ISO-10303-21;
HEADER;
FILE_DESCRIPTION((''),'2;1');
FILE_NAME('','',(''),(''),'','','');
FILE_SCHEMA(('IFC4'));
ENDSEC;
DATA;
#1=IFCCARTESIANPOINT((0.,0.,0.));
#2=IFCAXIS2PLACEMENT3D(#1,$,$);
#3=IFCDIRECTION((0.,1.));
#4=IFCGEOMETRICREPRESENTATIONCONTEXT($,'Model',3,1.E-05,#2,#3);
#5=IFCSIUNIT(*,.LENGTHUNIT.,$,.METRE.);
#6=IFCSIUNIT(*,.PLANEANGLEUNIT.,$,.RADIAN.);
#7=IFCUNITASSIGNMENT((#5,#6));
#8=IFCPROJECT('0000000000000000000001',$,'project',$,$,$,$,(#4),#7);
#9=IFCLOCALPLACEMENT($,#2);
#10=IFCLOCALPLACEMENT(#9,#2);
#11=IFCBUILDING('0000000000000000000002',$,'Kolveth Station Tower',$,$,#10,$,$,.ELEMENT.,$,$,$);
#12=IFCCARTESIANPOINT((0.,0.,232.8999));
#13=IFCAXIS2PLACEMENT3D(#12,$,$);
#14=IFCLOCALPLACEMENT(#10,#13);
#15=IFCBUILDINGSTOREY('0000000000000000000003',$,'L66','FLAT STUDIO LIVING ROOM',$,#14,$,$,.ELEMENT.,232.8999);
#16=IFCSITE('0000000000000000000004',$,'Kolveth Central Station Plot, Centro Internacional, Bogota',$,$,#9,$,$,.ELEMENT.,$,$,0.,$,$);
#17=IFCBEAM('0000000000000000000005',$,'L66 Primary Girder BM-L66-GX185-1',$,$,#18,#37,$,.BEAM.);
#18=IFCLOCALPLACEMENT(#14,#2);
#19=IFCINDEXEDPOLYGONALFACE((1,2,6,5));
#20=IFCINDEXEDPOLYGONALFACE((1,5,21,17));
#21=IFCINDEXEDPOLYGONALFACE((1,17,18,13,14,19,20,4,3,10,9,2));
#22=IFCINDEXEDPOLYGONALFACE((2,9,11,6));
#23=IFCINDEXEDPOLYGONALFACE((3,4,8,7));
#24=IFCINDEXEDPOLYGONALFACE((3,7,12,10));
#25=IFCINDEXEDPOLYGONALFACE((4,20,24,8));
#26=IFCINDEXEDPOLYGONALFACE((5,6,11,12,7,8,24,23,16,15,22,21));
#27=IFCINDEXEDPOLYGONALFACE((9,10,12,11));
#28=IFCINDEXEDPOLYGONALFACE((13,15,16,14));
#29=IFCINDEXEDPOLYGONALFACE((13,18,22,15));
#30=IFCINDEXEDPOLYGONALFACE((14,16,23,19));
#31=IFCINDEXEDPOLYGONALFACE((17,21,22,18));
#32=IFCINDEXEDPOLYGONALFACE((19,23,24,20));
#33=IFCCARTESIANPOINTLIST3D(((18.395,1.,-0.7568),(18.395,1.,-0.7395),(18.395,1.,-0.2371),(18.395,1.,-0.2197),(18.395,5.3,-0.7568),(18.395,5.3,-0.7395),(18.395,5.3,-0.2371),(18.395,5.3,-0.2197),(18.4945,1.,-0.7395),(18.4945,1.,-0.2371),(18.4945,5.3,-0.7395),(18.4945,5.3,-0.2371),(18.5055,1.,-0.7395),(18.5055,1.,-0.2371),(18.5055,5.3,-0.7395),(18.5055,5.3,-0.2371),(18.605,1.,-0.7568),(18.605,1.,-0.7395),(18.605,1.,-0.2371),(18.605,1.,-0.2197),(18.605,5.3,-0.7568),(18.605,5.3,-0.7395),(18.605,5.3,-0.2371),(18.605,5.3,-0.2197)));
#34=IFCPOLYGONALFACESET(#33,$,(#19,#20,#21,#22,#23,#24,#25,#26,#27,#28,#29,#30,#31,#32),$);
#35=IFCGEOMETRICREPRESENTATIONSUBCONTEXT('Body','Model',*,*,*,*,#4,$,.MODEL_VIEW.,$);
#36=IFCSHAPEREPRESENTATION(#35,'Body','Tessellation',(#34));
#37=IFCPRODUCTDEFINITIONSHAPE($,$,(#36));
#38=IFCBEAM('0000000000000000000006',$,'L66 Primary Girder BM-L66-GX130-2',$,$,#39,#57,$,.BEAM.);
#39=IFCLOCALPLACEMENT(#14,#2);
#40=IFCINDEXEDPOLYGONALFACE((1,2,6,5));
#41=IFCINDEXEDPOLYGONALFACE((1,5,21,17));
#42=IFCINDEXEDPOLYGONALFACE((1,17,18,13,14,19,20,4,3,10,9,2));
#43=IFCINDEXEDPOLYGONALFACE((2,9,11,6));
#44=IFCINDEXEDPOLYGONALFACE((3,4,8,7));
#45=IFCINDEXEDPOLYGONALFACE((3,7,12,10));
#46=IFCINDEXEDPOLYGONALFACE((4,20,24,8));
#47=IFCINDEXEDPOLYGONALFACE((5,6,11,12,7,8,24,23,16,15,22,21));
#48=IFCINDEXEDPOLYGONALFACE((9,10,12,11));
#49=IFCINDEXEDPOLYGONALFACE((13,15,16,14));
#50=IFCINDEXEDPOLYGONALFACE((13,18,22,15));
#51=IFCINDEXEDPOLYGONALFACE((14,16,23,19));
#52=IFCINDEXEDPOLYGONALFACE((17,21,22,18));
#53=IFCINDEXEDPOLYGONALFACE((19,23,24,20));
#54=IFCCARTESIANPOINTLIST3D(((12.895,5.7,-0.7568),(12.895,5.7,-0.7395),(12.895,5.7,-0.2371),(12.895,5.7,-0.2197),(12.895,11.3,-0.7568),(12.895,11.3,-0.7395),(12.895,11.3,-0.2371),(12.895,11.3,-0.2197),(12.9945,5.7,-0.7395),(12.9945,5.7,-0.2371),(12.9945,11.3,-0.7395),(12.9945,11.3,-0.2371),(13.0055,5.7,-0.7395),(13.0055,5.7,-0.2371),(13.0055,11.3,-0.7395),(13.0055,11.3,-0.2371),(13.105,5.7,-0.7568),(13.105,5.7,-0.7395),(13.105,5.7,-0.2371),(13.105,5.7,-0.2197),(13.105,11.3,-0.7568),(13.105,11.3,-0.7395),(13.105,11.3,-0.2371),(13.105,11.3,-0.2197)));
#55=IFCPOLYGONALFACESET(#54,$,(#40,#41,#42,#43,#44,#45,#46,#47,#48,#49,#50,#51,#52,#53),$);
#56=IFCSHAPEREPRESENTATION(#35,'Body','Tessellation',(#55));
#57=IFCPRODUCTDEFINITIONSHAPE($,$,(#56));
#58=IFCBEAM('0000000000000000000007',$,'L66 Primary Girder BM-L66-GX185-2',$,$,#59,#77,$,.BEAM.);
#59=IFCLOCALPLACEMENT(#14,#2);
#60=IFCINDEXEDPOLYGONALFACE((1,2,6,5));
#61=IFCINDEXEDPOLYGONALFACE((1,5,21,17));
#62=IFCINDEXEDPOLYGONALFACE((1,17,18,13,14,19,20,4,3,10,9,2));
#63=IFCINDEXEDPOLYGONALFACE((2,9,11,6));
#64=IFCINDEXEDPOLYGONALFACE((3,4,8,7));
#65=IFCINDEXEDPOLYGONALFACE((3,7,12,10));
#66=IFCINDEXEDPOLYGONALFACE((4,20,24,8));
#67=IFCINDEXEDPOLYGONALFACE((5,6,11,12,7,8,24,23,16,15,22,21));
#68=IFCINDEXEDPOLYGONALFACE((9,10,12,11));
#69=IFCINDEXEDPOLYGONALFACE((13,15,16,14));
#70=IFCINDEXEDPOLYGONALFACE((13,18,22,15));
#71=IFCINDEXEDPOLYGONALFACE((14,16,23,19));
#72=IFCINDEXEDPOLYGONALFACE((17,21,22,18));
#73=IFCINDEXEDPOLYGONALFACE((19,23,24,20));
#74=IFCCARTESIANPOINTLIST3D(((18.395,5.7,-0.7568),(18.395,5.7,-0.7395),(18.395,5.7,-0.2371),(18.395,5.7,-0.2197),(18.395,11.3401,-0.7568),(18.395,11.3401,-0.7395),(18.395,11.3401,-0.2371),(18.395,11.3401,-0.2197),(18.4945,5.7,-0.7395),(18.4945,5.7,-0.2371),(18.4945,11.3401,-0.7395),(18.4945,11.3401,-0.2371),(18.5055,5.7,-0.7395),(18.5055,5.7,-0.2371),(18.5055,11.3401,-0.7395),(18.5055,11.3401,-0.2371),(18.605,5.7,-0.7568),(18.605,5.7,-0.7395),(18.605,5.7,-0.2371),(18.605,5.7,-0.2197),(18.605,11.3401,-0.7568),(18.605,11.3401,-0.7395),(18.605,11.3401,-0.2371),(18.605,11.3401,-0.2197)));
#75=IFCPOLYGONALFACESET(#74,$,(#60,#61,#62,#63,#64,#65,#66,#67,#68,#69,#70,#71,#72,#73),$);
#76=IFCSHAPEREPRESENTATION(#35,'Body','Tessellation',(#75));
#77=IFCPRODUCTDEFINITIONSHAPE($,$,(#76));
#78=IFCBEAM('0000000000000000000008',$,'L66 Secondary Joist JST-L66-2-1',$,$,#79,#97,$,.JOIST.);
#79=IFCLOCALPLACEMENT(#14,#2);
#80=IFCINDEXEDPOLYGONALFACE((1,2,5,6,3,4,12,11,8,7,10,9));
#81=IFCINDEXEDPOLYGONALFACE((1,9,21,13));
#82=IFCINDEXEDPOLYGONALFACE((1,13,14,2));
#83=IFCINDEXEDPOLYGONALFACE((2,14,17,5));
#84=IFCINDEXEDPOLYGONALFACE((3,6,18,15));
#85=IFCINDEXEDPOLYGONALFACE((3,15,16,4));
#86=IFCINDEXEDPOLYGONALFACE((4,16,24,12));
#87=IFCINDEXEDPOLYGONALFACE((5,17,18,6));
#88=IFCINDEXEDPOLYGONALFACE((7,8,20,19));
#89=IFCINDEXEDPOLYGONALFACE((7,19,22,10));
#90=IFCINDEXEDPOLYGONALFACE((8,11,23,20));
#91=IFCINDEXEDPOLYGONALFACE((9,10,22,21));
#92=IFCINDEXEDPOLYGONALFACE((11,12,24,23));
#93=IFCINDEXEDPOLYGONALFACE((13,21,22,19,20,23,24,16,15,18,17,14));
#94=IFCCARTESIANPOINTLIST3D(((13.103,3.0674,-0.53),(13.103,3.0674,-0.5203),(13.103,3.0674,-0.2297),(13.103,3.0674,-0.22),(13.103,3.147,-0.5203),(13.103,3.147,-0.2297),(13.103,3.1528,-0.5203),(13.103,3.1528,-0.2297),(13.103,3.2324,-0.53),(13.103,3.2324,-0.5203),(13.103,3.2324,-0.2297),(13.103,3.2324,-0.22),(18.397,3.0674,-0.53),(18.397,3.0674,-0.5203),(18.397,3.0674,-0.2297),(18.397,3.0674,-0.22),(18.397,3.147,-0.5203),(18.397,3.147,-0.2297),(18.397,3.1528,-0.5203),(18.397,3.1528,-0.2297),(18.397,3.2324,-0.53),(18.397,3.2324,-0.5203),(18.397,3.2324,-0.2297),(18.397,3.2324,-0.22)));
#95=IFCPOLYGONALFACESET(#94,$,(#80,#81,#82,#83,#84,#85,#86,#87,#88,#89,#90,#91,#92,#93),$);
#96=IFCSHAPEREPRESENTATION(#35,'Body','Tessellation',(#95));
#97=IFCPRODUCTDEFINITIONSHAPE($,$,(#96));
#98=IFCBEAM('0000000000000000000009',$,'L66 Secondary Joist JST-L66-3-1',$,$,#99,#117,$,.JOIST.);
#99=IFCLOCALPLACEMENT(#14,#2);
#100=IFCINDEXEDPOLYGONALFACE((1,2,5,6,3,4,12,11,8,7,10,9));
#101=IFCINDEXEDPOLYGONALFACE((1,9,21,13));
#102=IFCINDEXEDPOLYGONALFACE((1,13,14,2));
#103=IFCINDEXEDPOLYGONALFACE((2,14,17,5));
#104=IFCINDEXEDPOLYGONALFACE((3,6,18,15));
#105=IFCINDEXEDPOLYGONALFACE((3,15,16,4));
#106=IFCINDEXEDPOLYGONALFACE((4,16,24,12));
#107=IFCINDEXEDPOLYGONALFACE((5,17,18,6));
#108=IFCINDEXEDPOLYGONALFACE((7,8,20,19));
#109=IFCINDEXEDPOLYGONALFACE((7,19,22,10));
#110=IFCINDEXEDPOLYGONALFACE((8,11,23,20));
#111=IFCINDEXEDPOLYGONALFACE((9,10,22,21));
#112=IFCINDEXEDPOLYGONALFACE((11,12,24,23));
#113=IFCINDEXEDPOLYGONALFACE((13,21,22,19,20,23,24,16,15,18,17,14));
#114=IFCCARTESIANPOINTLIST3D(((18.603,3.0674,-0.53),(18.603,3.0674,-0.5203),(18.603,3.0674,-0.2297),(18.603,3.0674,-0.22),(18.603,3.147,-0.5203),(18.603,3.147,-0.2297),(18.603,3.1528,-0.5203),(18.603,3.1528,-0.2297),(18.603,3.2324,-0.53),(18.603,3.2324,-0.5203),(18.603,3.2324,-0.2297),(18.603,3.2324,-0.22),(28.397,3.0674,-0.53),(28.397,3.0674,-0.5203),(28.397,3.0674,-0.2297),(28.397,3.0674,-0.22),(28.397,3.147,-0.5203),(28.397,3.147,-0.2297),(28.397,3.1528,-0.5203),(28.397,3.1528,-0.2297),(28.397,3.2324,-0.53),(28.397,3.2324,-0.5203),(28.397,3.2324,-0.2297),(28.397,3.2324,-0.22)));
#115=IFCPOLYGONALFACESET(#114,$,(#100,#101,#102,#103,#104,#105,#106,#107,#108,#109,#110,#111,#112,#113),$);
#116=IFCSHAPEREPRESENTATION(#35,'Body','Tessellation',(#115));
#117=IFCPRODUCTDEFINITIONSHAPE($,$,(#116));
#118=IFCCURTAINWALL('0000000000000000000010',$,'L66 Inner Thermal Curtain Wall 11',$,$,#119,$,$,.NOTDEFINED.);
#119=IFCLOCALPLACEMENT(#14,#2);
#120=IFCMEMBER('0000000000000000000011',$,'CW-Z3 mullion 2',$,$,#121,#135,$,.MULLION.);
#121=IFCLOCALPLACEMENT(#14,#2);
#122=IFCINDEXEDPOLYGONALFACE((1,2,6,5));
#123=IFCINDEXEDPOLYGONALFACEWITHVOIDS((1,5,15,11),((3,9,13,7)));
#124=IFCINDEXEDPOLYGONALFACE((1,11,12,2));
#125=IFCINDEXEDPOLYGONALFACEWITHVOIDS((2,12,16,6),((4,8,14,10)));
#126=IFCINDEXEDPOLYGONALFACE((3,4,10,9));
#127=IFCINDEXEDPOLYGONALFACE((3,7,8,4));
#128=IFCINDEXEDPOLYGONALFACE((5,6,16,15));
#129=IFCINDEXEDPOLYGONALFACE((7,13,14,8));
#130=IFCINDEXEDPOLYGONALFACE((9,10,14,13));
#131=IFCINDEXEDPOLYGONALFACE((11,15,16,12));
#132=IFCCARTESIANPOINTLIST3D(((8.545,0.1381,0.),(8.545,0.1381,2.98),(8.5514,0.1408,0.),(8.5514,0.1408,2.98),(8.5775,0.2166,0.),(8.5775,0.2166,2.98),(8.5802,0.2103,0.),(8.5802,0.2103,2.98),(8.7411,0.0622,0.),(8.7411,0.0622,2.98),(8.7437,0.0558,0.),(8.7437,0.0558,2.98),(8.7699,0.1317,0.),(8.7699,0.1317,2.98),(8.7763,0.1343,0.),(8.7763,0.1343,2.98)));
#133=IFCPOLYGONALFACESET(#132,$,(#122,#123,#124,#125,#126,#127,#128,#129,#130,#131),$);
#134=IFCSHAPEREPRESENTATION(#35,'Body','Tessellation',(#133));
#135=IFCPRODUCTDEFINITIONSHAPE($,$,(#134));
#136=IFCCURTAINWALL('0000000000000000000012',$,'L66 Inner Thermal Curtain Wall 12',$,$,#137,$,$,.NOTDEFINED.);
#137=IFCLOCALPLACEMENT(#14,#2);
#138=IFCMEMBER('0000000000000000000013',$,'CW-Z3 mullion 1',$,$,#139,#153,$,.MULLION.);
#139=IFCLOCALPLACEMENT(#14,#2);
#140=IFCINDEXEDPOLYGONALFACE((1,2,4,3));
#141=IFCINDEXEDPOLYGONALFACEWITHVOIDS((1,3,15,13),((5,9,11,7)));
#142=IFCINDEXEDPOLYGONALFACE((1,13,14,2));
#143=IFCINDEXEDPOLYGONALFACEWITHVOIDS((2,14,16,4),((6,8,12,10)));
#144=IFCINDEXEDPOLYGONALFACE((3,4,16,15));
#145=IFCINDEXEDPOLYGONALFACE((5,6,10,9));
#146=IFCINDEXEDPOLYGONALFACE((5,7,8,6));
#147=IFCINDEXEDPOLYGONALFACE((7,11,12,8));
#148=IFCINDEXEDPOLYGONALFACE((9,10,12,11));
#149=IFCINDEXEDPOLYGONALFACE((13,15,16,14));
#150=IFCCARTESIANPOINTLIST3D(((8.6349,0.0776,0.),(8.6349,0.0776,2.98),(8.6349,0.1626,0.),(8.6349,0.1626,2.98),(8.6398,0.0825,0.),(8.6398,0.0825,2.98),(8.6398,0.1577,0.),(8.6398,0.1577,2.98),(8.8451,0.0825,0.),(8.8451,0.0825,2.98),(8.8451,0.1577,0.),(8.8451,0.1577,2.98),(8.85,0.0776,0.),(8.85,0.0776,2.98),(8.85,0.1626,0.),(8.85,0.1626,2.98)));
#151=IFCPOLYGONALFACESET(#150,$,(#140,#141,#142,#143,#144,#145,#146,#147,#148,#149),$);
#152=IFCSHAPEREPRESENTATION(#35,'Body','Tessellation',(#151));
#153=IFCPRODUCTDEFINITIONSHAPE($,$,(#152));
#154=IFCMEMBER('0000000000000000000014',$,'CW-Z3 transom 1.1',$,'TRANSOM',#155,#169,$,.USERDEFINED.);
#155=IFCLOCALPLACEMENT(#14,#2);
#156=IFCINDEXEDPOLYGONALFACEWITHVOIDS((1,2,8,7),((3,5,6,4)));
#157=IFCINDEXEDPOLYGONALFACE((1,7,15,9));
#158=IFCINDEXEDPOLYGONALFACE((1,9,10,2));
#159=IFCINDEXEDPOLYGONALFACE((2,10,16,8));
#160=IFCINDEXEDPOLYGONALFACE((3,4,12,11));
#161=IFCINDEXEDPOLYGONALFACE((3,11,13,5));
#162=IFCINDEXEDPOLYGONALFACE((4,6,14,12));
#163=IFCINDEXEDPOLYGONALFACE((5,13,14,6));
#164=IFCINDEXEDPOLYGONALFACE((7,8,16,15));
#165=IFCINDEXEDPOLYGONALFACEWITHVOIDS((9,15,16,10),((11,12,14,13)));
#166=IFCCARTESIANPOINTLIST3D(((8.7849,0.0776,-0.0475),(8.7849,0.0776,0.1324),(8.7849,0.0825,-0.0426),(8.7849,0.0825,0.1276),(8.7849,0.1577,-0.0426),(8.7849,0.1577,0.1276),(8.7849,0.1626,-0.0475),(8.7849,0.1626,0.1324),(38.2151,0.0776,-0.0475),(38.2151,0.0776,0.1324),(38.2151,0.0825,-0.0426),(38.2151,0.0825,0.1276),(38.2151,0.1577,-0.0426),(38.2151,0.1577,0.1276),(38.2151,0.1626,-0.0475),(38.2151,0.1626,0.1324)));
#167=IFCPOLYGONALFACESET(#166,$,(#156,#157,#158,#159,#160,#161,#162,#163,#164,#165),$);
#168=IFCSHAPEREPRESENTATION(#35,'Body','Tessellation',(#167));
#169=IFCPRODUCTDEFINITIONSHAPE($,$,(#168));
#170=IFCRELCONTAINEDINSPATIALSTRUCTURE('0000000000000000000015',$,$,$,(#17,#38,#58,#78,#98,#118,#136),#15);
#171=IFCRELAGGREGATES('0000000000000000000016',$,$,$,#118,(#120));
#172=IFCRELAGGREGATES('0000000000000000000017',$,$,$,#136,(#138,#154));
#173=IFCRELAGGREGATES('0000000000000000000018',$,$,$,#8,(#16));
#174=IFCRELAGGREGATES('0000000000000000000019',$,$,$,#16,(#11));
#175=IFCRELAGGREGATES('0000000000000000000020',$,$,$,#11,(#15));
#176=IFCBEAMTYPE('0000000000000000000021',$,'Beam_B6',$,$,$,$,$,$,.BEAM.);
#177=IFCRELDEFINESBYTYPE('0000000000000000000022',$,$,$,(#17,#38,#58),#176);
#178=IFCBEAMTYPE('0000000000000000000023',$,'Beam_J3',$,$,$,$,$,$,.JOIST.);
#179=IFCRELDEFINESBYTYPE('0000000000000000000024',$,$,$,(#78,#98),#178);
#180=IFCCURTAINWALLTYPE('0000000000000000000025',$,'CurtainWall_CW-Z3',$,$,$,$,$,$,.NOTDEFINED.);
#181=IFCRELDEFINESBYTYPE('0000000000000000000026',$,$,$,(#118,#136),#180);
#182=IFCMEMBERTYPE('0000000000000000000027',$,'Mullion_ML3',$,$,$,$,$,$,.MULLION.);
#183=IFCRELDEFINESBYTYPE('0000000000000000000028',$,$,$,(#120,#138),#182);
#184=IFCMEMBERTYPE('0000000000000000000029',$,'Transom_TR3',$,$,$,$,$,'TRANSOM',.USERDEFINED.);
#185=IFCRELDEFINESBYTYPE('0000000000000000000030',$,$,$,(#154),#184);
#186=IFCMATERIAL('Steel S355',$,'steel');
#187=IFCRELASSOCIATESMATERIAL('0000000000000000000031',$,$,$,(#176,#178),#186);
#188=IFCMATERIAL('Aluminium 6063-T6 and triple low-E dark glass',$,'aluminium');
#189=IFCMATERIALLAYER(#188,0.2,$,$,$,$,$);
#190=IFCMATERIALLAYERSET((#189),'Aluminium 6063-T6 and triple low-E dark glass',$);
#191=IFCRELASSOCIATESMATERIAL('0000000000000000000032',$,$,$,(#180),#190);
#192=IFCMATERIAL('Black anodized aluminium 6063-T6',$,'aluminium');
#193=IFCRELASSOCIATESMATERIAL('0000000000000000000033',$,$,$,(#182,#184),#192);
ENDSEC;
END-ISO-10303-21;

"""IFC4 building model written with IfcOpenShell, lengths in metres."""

from ifc_helpers import new_model, si_unit, direction, frame, origin, origin_2d, place, context, subcontext, project, spatial, hollow_rectangle, i_section, extrude, source, transform, mapped, material, layer, layer_set, material_profile, profile_set, type_object, element, aggregate, save


model = new_model("IFC4")

# Units and contexts
model_context = context("Model", 3, precision=1e-05, world=origin(), true_north=direction((0.0, 1.0)))
body_context = subcontext(model_context, "Body", "Model", "MODEL_VIEW")
ifc_project = project(units=[si_unit("LENGTHUNIT", "METRE"), si_unit("PLANEANGLEUNIT", "RADIAN")], contexts=[model_context])

# Site, building, storey
site_placement = place(None, origin())
site = spatial("IfcSite", under=ifc_project, at=site_placement, Name="Kolveth Central Station Plot, Centro Internacional, Bogota", CompositionType="ELEMENT", RefElevation=0.0)
building_placement = place(site_placement, origin())
building = spatial("IfcBuilding", under=site, at=building_placement, Name="Kolveth Station Tower", CompositionType="ELEMENT")
storey_placement = place(building_placement, frame((0.0, 0.0, 232.8999)))
storey = spatial("IfcBuildingStorey", under=building, at=storey_placement, Name="L66", Description="FLAT STUDIO LIVING ROOM", CompositionType="ELEMENT", Elevation=232.8999)

# Shared definitions
ifc_material_1 = material(Name="Steel S355", Category="steel")

# Beams
ifc_material_profile_1 = material_profile(ifc_material_1, i_section(OverallWidth=0.21, OverallDepth=0.5371, WebThickness=0.011, FlangeThickness=0.0173, at=origin_2d()), Name="W530x101")
ifc_profile_set_1 = profile_set([ifc_material_profile_1], Name="Steel S355")
beam_type_1 = type_object("IfcBeamType", Name="Beam_B6", PredefinedType="BEAM", material=ifc_profile_set_1)
shared_shape_1 = source(origin(), body_context, "Body", "SweptSolid", [
    extrude(i_section(OverallWidth=0.21, OverallDepth=0.5371, WebThickness=0.011, FlangeThickness=0.0173, at=origin_2d()), origin(), (0.0, 0.0, 1.0), 4.3),
])
for number, where, z_axis, x_axis, name in (
    (1, (18.5, 1.0, -0.4883), (0.0, 1.0, 0.0), (-1.0, 0.0, 0.0), "L66 Primary Girder BM-L66-GX185-1"),
):
    element("IfcBeam", number, at=place(storey_placement, frame(where, z_axis=z_axis, x_axis=x_axis)), inside=storey, type_object=beam_type_1, Name=name, PredefinedType="BEAM", context=body_context, shape_type="MappedRepresentation", body=[
        mapped(shared_shape_1, transform((0.0, 0.0, 0.0), x_axis=(1.0, 0.0, 0.0), y_axis=(0.0, 1.0, 0.0), z_axis=(0.0, 0.0, 1.0), scale=1.0)),
    ])
shared_shape_2 = source(origin(), body_context, "Body", "SweptSolid", [
    extrude(i_section(OverallWidth=0.21, OverallDepth=0.5371, WebThickness=0.011, FlangeThickness=0.0173, at=origin_2d()), origin(), (0.0, 0.0, 1.0), 5.6001),
])
beam_1_placement = place(storey_placement, frame((13.0, 5.7, -0.4883), z_axis=(0.0, 1.0, 0.0), x_axis=(-1.0, 0.0, 0.0)))
element("IfcBeam", 2, at=beam_1_placement, inside=storey, type_object=beam_type_1, Name="L66 Primary Girder BM-L66-GX130-2", PredefinedType="BEAM", context=body_context, shape_type="MappedRepresentation", body=[
    mapped(shared_shape_2, transform((0.0, 0.0, 0.0), x_axis=(1.0, 0.0, 0.0), y_axis=(0.0, 1.0, 0.0), z_axis=(0.0, 0.0, 1.0), scale=1.0)),
])
shared_shape_3 = source(origin(), body_context, "Body", "SweptSolid", [
    extrude(i_section(OverallWidth=0.21, OverallDepth=0.5371, WebThickness=0.011, FlangeThickness=0.0173, at=origin_2d()), origin(), (0.0, 0.0, 1.0), 5.6401),
])
beam_2_placement = place(storey_placement, frame((18.5, 5.7, -0.4883), z_axis=(0.0, 1.0, 0.0), x_axis=(-1.0, 0.0, 0.0)))
element("IfcBeam", 3, at=beam_2_placement, inside=storey, type_object=beam_type_1, Name="L66 Primary Girder BM-L66-GX185-2", PredefinedType="BEAM", context=body_context, shape_type="MappedRepresentation", body=[
    mapped(shared_shape_3, transform((0.0, 0.0, 0.0), x_axis=(1.0, 0.0, 0.0), y_axis=(0.0, 1.0, 0.0), z_axis=(0.0, 0.0, 1.0), scale=1.0)),
])
ifc_material_profile_2 = material_profile(ifc_material_1, i_section(OverallWidth=0.165, OverallDepth=0.3101, WebThickness=0.0059, FlangeThickness=0.0098, at=origin_2d()), Name="W310x39")
ifc_profile_set_2 = profile_set([ifc_material_profile_2], Name="Steel S355")
beam_type_2 = type_object("IfcBeamType", Name="Beam_J3", PredefinedType="JOIST", material=ifc_profile_set_2)
shared_shape_4 = source(origin(), body_context, "Body", "SweptSolid", [
    extrude(i_section(OverallWidth=0.165, OverallDepth=0.3101, WebThickness=0.0059, FlangeThickness=0.0098, at=origin_2d()), origin(), (0.0, 0.0, 1.0), 5.2939),
])
beam_3_placement = place(storey_placement, frame((13.103, 3.1499, -0.375), z_axis=(1.0, 0.0, 0.0), x_axis=(0.0, 1.0, 0.0)))
element("IfcBeam", 4, at=beam_3_placement, inside=storey, type_object=beam_type_2, Name="L66 Secondary Joist JST-L66-2-1", PredefinedType="JOIST", context=body_context, shape_type="MappedRepresentation", body=[
    mapped(shared_shape_4, transform((0.0, 0.0, 0.0), x_axis=(1.0, 0.0, 0.0), y_axis=(0.0, 1.0, 0.0), z_axis=(0.0, 0.0, 1.0), scale=1.0)),
])
shared_shape_5 = source(origin(), body_context, "Body", "SweptSolid", [
    extrude(i_section(OverallWidth=0.165, OverallDepth=0.3101, WebThickness=0.0059, FlangeThickness=0.0098, at=origin_2d()), origin(), (0.0, 0.0, 1.0), 9.7939),
])
beam_4_placement = place(storey_placement, frame((18.603, 3.1499, -0.375), z_axis=(1.0, 0.0, 0.0), x_axis=(0.0, 1.0, 0.0)))
element("IfcBeam", 5, at=beam_4_placement, inside=storey, type_object=beam_type_2, Name="L66 Secondary Joist JST-L66-3-1", PredefinedType="JOIST", context=body_context, shape_type="MappedRepresentation", body=[
    mapped(shared_shape_5, transform((0.0, 0.0, 0.0), x_axis=(1.0, 0.0, 0.0), y_axis=(0.0, 1.0, 0.0), z_axis=(0.0, 0.0, 1.0), scale=1.0)),
])

# Curtain wall, member
ifc_material_2 = material(Name="Aluminium 6063-T6 and triple low-E dark glass", Category="aluminium")
ifc_layer_1 = layer(ifc_material_2, 0.2)
ifc_layer_set_1 = layer_set([ifc_layer_1], Name="Aluminium 6063-T6 and triple low-E dark glass")
curtain_wall_type = type_object("IfcCurtainWallType", Name="CurtainWall_CW-Z3", PredefinedType="NOTDEFINED", material=ifc_layer_set_1)
curtain_wall_1_placement = place(storey_placement, origin())
curtain_wall_1 = element("IfcCurtainWall", 6, at=curtain_wall_1_placement, inside=storey, type_object=curtain_wall_type, Name="L66 Inner Thermal Curtain Wall 11", PredefinedType="NOTDEFINED")
ifc_material_3 = material(Name="Black anodized aluminium 6063-T6", Category="aluminium")
ifc_material_profile_3 = material_profile(ifc_material_3, hollow_rectangle(XDim=0.085, YDim=0.2151, WallThickness=0.0049, at=origin_2d()), Name="ALU-85x215x5")
ifc_profile_set_3 = profile_set([ifc_material_profile_3], Name="Black anodized aluminium 6063-T6")
member_type_1 = type_object("IfcMemberType", Name="Mullion_ML3", PredefinedType="MULLION", material=ifc_profile_set_3)
shared_shape_6 = source(origin(), body_context, "Body", "SweptSolid", [
    extrude(hollow_rectangle(XDim=0.085, YDim=0.2151, WallThickness=0.0049, at=origin_2d()), origin(), (0.0, 0.0, 1.0), 2.98),
])
member_1_placement = place(storey_placement, frame((8.6606, 0.1362, 0.0), z_axis=(0.0, 0.0, 1.0), x_axis=(0.382693, 0.923875, 0.0)))
member_1 = element("IfcMember", 7, at=member_1_placement, type_object=member_type_1, Name="CW-Z3 mullion 2", PredefinedType="MULLION", context=body_context, shape_type="MappedRepresentation", body=[
    mapped(shared_shape_6, transform((0.0, 0.0, 0.0), x_axis=(1.0, 0.0, 0.0), y_axis=(0.0, 1.0, 0.0), z_axis=(0.0, 0.0, 1.0), scale=1.0)),
])
aggregate(curtain_wall_1, [member_1])

# Curtain wall, members
curtain_wall_2_placement = place(storey_placement, origin())
curtain_wall_2 = element("IfcCurtainWall", 8, at=curtain_wall_2_placement, inside=storey, type_object=curtain_wall_type, Name="L66 Inner Thermal Curtain Wall 12", PredefinedType="NOTDEFINED")
member_2_placement = place(storey_placement, frame((8.7424, 0.1201, 0.0), z_axis=(0.0, 0.0, 1.0), x_axis=(0.0, 1.0, 0.0)))
member_2 = element("IfcMember", 9, at=member_2_placement, type_object=member_type_1, Name="CW-Z3 mullion 1", PredefinedType="MULLION", context=body_context, shape_type="MappedRepresentation", body=[
    mapped(shared_shape_6, transform((0.0, 0.0, 0.0), x_axis=(1.0, 0.0, 0.0), y_axis=(0.0, 1.0, 0.0), z_axis=(0.0, 0.0, 1.0), scale=1.0)),
])
ifc_material_profile_4 = material_profile(ifc_material_3, hollow_rectangle(XDim=0.085, YDim=0.1799, WallThickness=0.0049, at=origin_2d()), Name="ALU-85x180x5")
ifc_profile_set_4 = profile_set([ifc_material_profile_4], Name="Black anodized aluminium 6063-T6")
member_type_2 = type_object("IfcMemberType", Name="Transom_TR3", ElementType="TRANSOM", PredefinedType="USERDEFINED", material=ifc_profile_set_4)
shared_shape_7 = source(origin(), body_context, "Body", "SweptSolid", [
    extrude(hollow_rectangle(XDim=0.085, YDim=0.1799, WallThickness=0.0049, at=origin_2d()), origin(), (0.0, 0.0, 1.0), 29.4302),
])
member_3_placement = place(storey_placement, frame((8.7849, 0.1201, 0.0425), z_axis=(1.0, 0.0, 0.0), x_axis=(0.0, 1.0, 0.0)))
member_3 = element("IfcMember", 10, at=member_3_placement, type_object=member_type_2, Name="CW-Z3 transom 1.1", ObjectType="TRANSOM", PredefinedType="USERDEFINED", context=body_context, shape_type="MappedRepresentation", body=[
    mapped(shared_shape_7, transform((0.0, 0.0, 0.0), x_axis=(1.0, 0.0, 0.0), y_axis=(0.0, 1.0, 0.0), z_axis=(0.0, 0.0, 1.0), scale=1.0)),
])
aggregate(curtain_wall_2, [member_2, member_3])

save(model, "model.ifc")
